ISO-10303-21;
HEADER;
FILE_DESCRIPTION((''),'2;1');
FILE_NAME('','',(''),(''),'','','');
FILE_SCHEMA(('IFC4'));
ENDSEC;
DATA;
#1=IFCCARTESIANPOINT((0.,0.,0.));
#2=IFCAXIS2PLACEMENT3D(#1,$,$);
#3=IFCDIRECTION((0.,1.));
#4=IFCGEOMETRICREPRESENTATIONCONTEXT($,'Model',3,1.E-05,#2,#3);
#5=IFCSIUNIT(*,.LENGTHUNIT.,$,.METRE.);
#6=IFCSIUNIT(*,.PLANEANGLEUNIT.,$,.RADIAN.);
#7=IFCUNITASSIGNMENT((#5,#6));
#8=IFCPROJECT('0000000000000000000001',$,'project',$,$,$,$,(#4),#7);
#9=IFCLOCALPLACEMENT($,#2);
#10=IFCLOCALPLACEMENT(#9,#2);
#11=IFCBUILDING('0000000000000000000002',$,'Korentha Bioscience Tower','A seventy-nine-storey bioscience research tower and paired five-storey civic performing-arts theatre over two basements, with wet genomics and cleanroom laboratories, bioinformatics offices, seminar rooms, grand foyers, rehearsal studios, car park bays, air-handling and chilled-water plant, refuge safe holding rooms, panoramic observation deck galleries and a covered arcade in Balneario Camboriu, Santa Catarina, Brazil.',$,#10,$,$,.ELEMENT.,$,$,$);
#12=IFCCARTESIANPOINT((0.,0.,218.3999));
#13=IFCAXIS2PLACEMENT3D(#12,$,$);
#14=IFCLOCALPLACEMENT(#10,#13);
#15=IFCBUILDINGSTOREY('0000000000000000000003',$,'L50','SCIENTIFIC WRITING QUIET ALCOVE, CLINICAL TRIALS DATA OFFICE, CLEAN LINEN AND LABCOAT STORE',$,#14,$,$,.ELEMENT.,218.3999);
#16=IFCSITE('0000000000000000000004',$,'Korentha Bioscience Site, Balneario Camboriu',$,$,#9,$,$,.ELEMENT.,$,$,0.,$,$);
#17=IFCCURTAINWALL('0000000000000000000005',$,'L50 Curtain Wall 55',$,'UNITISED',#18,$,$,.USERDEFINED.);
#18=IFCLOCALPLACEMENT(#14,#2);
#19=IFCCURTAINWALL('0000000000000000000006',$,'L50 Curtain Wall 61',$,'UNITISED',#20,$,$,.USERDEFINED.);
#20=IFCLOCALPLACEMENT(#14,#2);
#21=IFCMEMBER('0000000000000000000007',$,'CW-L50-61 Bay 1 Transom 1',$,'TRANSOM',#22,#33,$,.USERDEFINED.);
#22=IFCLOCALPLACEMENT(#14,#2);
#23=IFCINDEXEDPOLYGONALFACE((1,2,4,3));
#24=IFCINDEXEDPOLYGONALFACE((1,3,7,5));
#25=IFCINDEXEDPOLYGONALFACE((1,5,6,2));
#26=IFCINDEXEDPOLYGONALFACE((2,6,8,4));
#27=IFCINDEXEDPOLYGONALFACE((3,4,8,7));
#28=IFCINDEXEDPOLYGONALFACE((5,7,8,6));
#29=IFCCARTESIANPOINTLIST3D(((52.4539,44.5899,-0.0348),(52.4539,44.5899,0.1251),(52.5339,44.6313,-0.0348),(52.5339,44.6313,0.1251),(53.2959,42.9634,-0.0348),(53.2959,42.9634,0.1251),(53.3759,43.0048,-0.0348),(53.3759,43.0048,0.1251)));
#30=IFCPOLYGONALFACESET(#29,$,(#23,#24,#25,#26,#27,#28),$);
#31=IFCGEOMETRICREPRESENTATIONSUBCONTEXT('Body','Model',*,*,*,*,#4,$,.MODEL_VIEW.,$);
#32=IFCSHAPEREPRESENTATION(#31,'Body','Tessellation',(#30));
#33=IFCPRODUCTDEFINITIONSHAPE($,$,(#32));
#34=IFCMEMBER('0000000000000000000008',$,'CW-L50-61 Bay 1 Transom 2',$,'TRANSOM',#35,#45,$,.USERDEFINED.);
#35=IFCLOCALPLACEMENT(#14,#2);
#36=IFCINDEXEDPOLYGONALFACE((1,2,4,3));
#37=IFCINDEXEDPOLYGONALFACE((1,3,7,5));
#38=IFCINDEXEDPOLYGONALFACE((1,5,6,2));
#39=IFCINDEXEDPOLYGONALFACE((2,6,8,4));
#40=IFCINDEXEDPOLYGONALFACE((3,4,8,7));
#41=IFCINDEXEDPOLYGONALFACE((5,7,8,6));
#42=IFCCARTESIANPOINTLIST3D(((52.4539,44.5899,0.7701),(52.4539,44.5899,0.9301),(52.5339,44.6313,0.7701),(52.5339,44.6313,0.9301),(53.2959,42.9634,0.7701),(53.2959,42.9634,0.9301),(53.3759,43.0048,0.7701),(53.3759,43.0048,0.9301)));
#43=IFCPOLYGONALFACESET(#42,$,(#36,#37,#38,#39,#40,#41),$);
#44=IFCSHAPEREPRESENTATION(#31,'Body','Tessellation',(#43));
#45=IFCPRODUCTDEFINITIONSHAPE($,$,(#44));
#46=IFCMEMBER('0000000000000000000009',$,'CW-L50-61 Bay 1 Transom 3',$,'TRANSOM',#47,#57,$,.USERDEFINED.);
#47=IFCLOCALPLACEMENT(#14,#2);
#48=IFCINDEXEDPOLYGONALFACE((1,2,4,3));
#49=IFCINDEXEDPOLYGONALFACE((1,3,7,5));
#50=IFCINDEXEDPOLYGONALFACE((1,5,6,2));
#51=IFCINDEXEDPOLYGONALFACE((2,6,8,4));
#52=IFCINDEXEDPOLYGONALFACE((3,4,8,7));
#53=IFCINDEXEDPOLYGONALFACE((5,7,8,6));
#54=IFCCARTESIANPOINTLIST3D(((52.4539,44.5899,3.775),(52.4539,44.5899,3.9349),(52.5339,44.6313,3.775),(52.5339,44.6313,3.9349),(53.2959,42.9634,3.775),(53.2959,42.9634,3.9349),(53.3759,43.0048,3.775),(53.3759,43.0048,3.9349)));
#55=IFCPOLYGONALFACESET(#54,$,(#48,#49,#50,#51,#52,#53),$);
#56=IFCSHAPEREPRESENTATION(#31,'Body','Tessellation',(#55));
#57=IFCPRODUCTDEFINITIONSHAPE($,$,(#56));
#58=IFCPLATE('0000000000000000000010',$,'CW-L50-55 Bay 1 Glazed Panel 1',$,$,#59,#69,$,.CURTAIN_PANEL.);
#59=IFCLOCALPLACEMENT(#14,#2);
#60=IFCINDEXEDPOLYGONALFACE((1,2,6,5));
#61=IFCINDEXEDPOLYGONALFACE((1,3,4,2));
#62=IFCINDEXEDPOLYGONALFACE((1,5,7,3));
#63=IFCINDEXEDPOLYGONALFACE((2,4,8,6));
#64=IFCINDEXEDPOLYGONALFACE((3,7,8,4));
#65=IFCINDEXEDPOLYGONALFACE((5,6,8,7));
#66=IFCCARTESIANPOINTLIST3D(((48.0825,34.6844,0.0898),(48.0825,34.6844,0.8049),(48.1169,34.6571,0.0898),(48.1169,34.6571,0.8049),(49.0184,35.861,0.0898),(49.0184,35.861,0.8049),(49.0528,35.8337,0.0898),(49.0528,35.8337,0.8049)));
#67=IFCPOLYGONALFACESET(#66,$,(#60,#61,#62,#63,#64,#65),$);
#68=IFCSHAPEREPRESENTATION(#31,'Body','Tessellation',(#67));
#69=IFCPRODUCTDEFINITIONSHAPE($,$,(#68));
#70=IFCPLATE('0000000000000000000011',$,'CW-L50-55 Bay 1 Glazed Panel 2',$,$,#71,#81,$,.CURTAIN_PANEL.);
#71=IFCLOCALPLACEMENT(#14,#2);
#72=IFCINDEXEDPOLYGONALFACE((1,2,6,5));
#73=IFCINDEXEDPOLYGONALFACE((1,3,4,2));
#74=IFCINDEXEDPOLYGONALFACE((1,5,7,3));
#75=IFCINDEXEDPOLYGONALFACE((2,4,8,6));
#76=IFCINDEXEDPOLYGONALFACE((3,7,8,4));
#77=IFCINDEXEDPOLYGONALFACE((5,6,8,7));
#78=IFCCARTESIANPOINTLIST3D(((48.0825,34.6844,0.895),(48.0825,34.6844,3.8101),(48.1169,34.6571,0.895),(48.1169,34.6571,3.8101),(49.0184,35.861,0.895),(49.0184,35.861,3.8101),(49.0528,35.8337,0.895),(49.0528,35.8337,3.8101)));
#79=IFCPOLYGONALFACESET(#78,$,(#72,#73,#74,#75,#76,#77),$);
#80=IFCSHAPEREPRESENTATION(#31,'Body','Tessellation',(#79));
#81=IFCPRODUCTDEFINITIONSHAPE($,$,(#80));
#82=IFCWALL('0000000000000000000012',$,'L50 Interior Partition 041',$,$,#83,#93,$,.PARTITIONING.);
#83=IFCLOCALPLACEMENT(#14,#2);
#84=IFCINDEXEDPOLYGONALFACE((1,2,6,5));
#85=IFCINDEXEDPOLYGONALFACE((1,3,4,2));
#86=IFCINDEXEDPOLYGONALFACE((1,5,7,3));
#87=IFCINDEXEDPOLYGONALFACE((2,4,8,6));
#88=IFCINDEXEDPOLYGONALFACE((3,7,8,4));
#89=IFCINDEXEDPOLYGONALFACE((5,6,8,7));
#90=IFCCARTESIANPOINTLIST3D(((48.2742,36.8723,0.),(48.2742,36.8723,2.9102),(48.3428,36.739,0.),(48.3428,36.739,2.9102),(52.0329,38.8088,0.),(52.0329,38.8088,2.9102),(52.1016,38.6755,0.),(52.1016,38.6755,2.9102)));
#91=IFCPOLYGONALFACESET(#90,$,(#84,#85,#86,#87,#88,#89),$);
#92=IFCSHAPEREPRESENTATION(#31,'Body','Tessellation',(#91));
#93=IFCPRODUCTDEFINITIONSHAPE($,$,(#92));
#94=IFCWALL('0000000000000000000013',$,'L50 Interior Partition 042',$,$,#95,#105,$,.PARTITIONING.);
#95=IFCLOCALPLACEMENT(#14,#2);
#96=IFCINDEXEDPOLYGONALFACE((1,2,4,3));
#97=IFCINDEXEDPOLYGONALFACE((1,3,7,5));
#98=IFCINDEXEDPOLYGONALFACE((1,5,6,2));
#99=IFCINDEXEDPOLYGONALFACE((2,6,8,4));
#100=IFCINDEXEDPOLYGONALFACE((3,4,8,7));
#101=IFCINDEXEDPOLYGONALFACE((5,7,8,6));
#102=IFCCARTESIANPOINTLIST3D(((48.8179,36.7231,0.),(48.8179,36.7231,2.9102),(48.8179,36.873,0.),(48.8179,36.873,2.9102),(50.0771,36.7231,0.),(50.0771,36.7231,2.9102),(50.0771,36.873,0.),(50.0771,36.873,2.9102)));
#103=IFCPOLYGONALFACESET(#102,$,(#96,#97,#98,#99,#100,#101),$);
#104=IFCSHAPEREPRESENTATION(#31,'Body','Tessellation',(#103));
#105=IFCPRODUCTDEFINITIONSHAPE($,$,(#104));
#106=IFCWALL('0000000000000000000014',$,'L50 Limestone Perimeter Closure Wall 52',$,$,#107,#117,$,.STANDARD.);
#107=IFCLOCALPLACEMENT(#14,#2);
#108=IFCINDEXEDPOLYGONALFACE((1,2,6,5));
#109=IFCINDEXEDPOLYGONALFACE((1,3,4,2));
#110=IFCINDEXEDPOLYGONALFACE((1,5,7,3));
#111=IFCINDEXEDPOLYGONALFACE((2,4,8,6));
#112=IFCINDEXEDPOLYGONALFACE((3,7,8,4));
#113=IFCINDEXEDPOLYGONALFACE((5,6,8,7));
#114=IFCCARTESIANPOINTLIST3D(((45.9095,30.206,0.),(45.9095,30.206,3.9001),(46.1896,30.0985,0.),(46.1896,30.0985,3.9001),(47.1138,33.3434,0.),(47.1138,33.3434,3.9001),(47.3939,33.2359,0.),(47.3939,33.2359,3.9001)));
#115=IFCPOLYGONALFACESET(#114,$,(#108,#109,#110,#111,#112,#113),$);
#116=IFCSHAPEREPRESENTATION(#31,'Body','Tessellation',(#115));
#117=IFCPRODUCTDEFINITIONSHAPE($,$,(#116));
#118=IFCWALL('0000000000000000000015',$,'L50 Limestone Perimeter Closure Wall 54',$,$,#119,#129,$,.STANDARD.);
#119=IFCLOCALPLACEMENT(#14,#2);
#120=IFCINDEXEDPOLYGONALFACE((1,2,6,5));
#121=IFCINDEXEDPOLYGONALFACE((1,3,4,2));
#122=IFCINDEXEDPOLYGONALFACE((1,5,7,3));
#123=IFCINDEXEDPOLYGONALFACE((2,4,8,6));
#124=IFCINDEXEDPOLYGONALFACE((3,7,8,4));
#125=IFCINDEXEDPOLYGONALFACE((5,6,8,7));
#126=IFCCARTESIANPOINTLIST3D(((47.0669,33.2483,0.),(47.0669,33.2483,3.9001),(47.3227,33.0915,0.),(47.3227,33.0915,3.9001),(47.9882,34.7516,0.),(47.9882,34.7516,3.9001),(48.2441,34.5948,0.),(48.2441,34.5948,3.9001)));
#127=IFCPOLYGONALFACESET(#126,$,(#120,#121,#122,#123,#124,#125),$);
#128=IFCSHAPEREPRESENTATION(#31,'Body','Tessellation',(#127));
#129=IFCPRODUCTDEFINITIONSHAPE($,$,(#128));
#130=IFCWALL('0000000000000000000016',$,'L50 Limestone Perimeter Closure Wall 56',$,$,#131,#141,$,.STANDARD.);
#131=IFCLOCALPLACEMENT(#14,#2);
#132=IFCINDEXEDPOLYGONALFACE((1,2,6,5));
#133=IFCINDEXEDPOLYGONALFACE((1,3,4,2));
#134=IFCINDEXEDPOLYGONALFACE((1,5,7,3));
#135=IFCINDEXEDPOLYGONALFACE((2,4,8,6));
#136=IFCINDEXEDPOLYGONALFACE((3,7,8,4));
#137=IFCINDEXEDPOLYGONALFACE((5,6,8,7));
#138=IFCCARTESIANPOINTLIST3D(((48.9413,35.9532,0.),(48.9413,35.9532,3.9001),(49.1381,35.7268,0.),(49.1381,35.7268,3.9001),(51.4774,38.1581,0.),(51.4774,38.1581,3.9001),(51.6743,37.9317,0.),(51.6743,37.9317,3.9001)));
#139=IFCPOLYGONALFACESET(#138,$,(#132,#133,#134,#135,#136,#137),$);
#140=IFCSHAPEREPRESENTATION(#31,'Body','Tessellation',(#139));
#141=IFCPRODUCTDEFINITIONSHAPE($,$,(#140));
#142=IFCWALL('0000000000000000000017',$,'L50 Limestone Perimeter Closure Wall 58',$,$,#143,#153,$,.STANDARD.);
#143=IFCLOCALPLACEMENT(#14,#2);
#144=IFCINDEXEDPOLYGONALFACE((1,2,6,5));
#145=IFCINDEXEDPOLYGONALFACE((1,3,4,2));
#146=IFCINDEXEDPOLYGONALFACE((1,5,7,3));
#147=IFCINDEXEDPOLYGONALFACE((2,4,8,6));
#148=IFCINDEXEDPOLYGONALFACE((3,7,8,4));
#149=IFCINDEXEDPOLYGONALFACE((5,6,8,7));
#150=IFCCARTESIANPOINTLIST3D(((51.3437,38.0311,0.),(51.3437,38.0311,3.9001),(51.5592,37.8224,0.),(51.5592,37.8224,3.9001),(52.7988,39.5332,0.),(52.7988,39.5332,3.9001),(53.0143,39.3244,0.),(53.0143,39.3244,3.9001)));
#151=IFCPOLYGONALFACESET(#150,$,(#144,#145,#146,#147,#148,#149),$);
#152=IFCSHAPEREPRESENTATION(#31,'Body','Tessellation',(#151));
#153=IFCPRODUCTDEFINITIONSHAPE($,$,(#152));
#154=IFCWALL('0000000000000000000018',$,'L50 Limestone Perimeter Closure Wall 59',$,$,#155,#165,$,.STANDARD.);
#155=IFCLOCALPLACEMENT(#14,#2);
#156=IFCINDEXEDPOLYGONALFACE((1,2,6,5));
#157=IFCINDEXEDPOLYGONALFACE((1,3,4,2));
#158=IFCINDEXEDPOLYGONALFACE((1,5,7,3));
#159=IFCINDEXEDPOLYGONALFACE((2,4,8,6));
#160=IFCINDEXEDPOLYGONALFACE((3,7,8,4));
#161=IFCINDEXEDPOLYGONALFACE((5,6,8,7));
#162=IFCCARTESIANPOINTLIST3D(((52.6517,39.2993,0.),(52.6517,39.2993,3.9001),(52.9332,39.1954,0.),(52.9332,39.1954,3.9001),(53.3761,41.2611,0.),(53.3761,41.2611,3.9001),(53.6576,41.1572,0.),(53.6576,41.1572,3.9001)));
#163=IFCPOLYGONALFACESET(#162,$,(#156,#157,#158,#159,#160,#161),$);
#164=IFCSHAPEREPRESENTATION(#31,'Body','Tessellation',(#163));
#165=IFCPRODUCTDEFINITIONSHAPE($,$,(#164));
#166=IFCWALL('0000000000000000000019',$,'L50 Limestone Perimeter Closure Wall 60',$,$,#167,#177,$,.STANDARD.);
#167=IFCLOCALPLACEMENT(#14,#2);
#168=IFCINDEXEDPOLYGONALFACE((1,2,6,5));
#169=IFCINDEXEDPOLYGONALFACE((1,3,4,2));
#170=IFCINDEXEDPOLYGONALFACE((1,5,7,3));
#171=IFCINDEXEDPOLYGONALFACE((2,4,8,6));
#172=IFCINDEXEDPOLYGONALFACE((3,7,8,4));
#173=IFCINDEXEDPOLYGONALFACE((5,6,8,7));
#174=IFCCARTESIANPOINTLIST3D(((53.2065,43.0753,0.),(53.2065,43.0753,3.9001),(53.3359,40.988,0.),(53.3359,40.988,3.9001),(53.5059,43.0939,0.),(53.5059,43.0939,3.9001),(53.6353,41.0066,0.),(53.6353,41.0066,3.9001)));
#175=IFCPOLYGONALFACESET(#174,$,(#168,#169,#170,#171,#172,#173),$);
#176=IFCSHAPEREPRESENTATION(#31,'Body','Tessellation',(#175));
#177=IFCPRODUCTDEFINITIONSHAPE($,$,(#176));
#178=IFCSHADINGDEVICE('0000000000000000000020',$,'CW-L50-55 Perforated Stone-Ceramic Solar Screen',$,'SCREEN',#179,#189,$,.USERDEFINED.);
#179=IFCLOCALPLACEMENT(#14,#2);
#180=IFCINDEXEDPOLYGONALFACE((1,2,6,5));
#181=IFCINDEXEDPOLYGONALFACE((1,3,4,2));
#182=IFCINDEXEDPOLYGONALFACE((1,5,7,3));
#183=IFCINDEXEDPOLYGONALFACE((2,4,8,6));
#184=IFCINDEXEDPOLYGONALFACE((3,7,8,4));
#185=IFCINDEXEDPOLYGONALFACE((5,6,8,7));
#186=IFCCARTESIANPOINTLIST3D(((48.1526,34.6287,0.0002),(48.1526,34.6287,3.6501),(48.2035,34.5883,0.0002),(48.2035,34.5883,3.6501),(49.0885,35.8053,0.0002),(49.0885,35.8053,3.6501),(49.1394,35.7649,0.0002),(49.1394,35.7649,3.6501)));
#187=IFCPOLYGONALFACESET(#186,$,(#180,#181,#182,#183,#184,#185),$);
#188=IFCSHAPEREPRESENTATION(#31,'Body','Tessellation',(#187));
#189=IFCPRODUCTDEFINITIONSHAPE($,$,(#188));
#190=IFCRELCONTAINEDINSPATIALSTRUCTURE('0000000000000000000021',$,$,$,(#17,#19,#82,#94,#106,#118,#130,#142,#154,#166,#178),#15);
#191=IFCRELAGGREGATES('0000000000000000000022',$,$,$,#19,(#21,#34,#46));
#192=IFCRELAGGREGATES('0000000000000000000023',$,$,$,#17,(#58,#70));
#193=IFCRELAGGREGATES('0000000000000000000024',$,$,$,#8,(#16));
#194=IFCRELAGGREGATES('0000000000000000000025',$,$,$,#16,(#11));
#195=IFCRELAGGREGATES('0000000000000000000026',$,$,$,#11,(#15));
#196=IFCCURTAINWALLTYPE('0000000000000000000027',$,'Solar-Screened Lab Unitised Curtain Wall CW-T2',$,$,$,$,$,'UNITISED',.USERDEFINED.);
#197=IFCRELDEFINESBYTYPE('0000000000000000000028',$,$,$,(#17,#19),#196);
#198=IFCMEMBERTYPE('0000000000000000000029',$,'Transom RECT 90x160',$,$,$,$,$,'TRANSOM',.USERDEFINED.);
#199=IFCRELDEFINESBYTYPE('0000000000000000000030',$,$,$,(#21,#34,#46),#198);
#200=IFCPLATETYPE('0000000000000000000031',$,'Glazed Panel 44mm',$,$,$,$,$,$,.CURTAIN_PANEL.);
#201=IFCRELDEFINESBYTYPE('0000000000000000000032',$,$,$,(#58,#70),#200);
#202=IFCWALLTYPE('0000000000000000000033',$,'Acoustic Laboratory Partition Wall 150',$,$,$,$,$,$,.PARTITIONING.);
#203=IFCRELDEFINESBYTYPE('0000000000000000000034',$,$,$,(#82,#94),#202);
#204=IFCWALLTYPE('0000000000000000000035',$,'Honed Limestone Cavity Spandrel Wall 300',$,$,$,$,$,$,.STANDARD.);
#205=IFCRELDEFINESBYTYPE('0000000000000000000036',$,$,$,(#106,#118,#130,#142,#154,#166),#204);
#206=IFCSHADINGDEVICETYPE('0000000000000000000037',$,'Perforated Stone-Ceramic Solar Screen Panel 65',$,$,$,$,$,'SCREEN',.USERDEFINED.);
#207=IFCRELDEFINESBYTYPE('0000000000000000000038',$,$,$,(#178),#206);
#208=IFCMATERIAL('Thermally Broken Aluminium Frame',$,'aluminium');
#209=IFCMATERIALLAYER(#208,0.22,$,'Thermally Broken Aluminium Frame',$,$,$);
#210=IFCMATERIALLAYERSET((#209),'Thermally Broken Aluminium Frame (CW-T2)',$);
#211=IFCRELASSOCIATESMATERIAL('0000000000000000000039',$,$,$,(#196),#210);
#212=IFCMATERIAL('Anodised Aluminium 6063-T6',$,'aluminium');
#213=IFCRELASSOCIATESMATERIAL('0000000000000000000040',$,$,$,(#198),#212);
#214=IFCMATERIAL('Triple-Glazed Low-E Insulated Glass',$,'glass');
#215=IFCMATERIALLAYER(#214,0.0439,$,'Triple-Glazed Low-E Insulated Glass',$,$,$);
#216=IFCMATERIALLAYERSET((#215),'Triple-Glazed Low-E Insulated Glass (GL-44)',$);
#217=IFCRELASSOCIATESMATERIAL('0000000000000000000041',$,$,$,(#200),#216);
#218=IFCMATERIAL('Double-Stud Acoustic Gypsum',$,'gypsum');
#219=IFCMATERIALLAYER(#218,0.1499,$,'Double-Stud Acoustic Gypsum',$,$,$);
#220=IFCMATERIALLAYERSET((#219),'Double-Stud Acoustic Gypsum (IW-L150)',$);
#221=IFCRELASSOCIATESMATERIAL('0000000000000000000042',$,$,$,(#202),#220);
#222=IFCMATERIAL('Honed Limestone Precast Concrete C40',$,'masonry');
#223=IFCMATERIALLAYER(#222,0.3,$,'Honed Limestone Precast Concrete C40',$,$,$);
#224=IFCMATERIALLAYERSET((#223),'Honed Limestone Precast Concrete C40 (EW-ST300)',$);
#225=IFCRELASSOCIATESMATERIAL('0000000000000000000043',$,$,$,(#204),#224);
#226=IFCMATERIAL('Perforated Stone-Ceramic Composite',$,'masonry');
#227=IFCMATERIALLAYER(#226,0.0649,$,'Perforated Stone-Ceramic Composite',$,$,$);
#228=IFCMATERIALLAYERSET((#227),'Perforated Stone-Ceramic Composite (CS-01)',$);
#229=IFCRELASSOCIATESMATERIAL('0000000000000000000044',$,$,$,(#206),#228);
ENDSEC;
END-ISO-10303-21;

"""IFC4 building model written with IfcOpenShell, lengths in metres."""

from ifc_helpers import new_model, si_unit, direction, frame, frame_2d, origin, origin_2d, place, context, subcontext, project, spatial, rectangle, extrude, material, layer, layer_set, material_profile, profile_set, type_object, element, aggregate, save


model = new_model("IFC4")

# Units and contexts
model_context = context("Model", 3, precision=1e-05, world=origin(), true_north=direction((0.0, 1.0)))
body_context = subcontext(model_context, "Body", "Model", "MODEL_VIEW")
ifc_project = project(units=[si_unit("LENGTHUNIT", "METRE"), si_unit("PLANEANGLEUNIT", "RADIAN")], contexts=[model_context])

# Site, building, storey
site_placement = place(None, origin())
site = spatial("IfcSite", under=ifc_project, at=site_placement, Name="Korentha Bioscience Site, Balneario Camboriu", CompositionType="ELEMENT", RefElevation=0.0)
building_placement = place(site_placement, origin())
building = spatial("IfcBuilding", under=site, at=building_placement, Name="Korentha Bioscience Tower", Description="A seventy-nine-storey bioscience research tower and paired five-storey civic performing-arts theatre over two basements, with wet genomics and cleanroom laboratories, bioinformatics offices, seminar rooms, grand foyers, rehearsal studios, car park bays, air-handling and chilled-water plant, refuge safe holding rooms, panoramic observation deck galleries and a covered arcade in Balneario Camboriu, Santa Catarina, Brazil.", CompositionType="ELEMENT")
storey_placement = place(building_placement, frame((0.0, 0.0, 218.3999)))
storey = spatial("IfcBuildingStorey", under=building, at=storey_placement, Name="L50", Description="SCIENTIFIC WRITING QUIET ALCOVE, CLINICAL TRIALS DATA OFFICE, CLEAN LINEN AND LABCOAT STORE", CompositionType="ELEMENT", Elevation=218.3999)

# Curtain wall
ifc_material_1 = material(Name="Thermally Broken Aluminium Frame", Category="aluminium")
ifc_layer_1 = layer(ifc_material_1, 0.22, Name="Thermally Broken Aluminium Frame")
ifc_layer_set_1 = layer_set([ifc_layer_1], Name="Thermally Broken Aluminium Frame (CW-T2)")
curtain_wall_type = type_object("IfcCurtainWallType", Name="Solar-Screened Lab Unitised Curtain Wall CW-T2", ElementType="UNITISED", PredefinedType="USERDEFINED", material=ifc_layer_set_1)
curtain_wall_1_placement = place(storey_placement, origin())
curtain_wall_1 = element("IfcCurtainWall", 1, at=curtain_wall_1_placement, inside=storey, type_object=curtain_wall_type, Name="L50 Curtain Wall 55", ObjectType="UNITISED", PredefinedType="USERDEFINED")
ifc_material_2 = material(Name="Anodised Aluminium 6063-T6", Category="aluminium")

# Curtain wall
curtain_wall_2_placement = place(storey_placement, origin())
curtain_wall_2 = element("IfcCurtainWall", 2, at=curtain_wall_2_placement, inside=storey, type_object=curtain_wall_type, Name="L50 Curtain Wall 61", ObjectType="UNITISED", PredefinedType="USERDEFINED")

# Members
ifc_material_profile_1 = material_profile(ifc_material_2, rectangle(XDim=0.0901, YDim=0.1599, at=origin_2d()), Name="Anodised Aluminium 6063-T6")
ifc_profile_set_1 = profile_set([ifc_material_profile_1], Name="Anodised Aluminium 6063-T6 (CW-TRN)")
member_type_1 = type_object("IfcMemberType", Name="Transom RECT 90x160", ElementType="TRANSOM", PredefinedType="USERDEFINED", material=ifc_profile_set_1)
member_1_placement = place(storey_placement, frame((53.3359, 42.9841, 0.0452), z_axis=(-0.459753, 0.888047, 0.0), x_axis=(-0.888047, -0.459753, 0.0)))
member_1 = element("IfcMember", 3, at=member_1_placement, type_object=member_type_1, Name="CW-L50-61 Bay 1 Transom 1", ObjectType="TRANSOM", PredefinedType="USERDEFINED", context=body_context, shape_type="SweptSolid", body=[
    extrude(rectangle(XDim=0.0901, YDim=0.1599, at=origin_2d()), origin(), (0.0, 0.0, 1.0), 1.8315),
])
member_2_placement = place(storey_placement, frame((53.3359, 42.9841, 0.8501), z_axis=(-0.459753, 0.888047, 0.0), x_axis=(-0.888047, -0.459753, 0.0)))
member_2 = element("IfcMember", 4, at=member_2_placement, type_object=member_type_1, Name="CW-L50-61 Bay 1 Transom 2", ObjectType="TRANSOM", PredefinedType="USERDEFINED", context=body_context, shape_type="SweptSolid", body=[
    extrude(rectangle(XDim=0.0901, YDim=0.1599, at=origin_2d()), origin(), (0.0, 0.0, 1.0), 1.8315),
])
member_3_placement = place(storey_placement, frame((53.3359, 42.9841, 3.855), z_axis=(-0.459753, 0.888047, 0.0), x_axis=(-0.888047, -0.459753, 0.0)))
member_3 = element("IfcMember", 5, at=member_3_placement, type_object=member_type_1, Name="CW-L50-61 Bay 1 Transom 3", ObjectType="TRANSOM", PredefinedType="USERDEFINED", context=body_context, shape_type="SweptSolid", body=[
    extrude(rectangle(XDim=0.0901, YDim=0.1599, at=origin_2d()), origin(), (0.0, 0.0, 1.0), 1.8315),
])
aggregate(curtain_wall_2, [member_1, member_2, member_3])

# Plates
ifc_material_3 = material(Name="Triple-Glazed Low-E Insulated Glass", Category="glass")
ifc_layer_2 = layer(ifc_material_3, 0.0439, Name="Triple-Glazed Low-E Insulated Glass")
ifc_layer_set_2 = layer_set([ifc_layer_2], Name="Triple-Glazed Low-E Insulated Glass (GL-44)")
plate_type = type_object("IfcPlateType", Name="Glazed Panel 44mm", PredefinedType="CURTAIN_PANEL", material=ifc_layer_set_2)
plate_1_placement = place(storey_placement, frame((48.5676, 35.259, 0.0898), z_axis=(0.0, 0.0, 1.0), x_axis=(0.622512, 0.78261, 0.0)))
plate_1 = element("IfcPlate", 6, at=plate_1_placement, type_object=plate_type, Name="CW-L50-55 Bay 1 Glazed Panel 1", PredefinedType="CURTAIN_PANEL", context=body_context, shape_type="SweptSolid", body=[
    extrude(rectangle(XDim=1.5034, YDim=0.0439, at=origin_2d()), origin(), (0.0, 0.0, 1.0), 0.7151),
])
plate_2_placement = place(storey_placement, frame((48.5676, 35.259, 0.895), z_axis=(0.0, 0.0, 1.0), x_axis=(0.622512, 0.78261, 0.0)))
plate_2 = element("IfcPlate", 7, at=plate_2_placement, type_object=plate_type, Name="CW-L50-55 Bay 1 Glazed Panel 2", PredefinedType="CURTAIN_PANEL", context=body_context, shape_type="SweptSolid", body=[
    extrude(rectangle(XDim=1.5034, YDim=0.0439, at=origin_2d()), origin(), (0.0, 0.0, 1.0), 2.915),
])
aggregate(curtain_wall_1, [plate_1, plate_2])

# Walls
ifc_material_4 = material(Name="Double-Stud Acoustic Gypsum", Category="gypsum")
ifc_layer_3 = layer(ifc_material_4, 0.1499, Name="Double-Stud Acoustic Gypsum")
ifc_layer_set_3 = layer_set([ifc_layer_3], Name="Double-Stud Acoustic Gypsum (IW-L150)")
wall_type_1 = type_object("IfcWallType", Name="Acoustic Laboratory Partition Wall 150", PredefinedType="PARTITIONING", material=ifc_layer_set_3)
wall_1_placement = place(storey_placement, frame((52.0674, 38.7422, 0.0), z_axis=(0.0, 0.0, 1.0), x_axis=(-0.888957, -0.45799, 0.0)))
element("IfcWall", 8, at=wall_1_placement, inside=storey, type_object=wall_type_1, Name="L50 Interior Partition 041", PredefinedType="PARTITIONING", context=body_context, shape_type="SweptSolid", body=[
    extrude(rectangle(XDim=4.2283, YDim=0.1499, at=frame_2d((2.1143, 0.0))), origin(), (0.0, 0.0, 1.0), 2.9102),
])
wall_2_placement = place(storey_placement, frame((48.8179, 36.7981, 0.0), z_axis=(0.0, 0.0, 1.0), x_axis=(1.0, 0.0, 0.0)))
element("IfcWall", 9, at=wall_2_placement, inside=storey, type_object=wall_type_1, Name="L50 Interior Partition 042", PredefinedType="PARTITIONING", context=body_context, shape_type="SweptSolid", body=[
    extrude(rectangle(XDim=1.2593, YDim=0.1499, at=frame_2d((0.6296, 0.0))), origin(), (0.0, 0.0, 1.0), 2.9102),
])
ifc_material_5 = material(Name="Honed Limestone Precast Concrete C40", Category="masonry")
ifc_layer_4 = layer(ifc_material_5, 0.3, Name="Honed Limestone Precast Concrete C40")
ifc_layer_set_4 = layer_set([ifc_layer_4], Name="Honed Limestone Precast Concrete C40 (EW-ST300)")
wall_type_2 = type_object("IfcWallType", Name="Honed Limestone Cavity Spandrel Wall 300", PredefinedType="STANDARD", material=ifc_layer_set_4)
wall_3_placement = place(storey_placement, frame((46.0496, 30.1523, 0.0), z_axis=(0.0, 0.0, 1.0), x_axis=(0.358366, 0.933581, 0.0)))
element("IfcWall", 10, at=wall_3_placement, inside=storey, type_object=wall_type_2, Name="L50 Limestone Perimeter Closure Wall 52", PredefinedType="STANDARD", context=body_context, shape_type="SweptSolid", body=[
    extrude(rectangle(XDim=3.3606, YDim=0.3, at=frame_2d((1.6802, 0.0))), origin(), (0.0, 0.0, 1.0), 3.9001),
])
wall_4_placement = place(storey_placement, frame((47.1948, 33.1699, 0.0), z_axis=(0.0, 0.0, 1.0), x_axis=(0.522536, 0.852617, 0.0)))
element("IfcWall", 11, at=wall_4_placement, inside=storey, type_object=wall_type_2, Name="L50 Limestone Perimeter Closure Wall 54", PredefinedType="STANDARD", context=body_context, shape_type="SweptSolid", body=[
    extrude(rectangle(XDim=1.7632, YDim=0.3, at=frame_2d((0.8816, 0.0))), origin(), (0.0, 0.0, 1.0), 3.9001),
])
wall_5_placement = place(storey_placement, frame((49.0398, 35.8401, 0.0), z_axis=(0.0, 0.0, 1.0), x_axis=(0.754679, 0.656094, 0.0)))
element("IfcWall", 12, at=wall_5_placement, inside=storey, type_object=wall_type_2, Name="L50 Limestone Perimeter Closure Wall 56", PredefinedType="STANDARD", context=body_context, shape_type="SweptSolid", body=[
    extrude(rectangle(XDim=3.3606, YDim=0.3, at=frame_2d((1.6802, 0.0))), origin(), (0.0, 0.0, 1.0), 3.9001),
])
for number, where, z_axis, x_axis, name in (
    (13, (51.4514, 37.9268, 0.0), (0.0, 0.0, 1.0), (0.69581, 0.718226, 0.0), "L50 Limestone Perimeter Closure Wall 58"),
    (14, (52.7925, 39.2473, 0.0), (0.0, 0.0, 1.0), (0.34636, 0.938102, 0.0), "L50 Limestone Perimeter Closure Wall 59"),
    (15, (53.4856, 40.9973, 0.0), (0.0, 0.0, 1.0), (-0.06187, 0.998084, 0.0), "L50 Limestone Perimeter Closure Wall 60"),
):
    element("IfcWall", number, at=place(storey_placement, frame(where, z_axis=z_axis, x_axis=x_axis)), inside=storey, type_object=wall_type_2, Name=name, PredefinedType="STANDARD", context=body_context, shape_type="SweptSolid", body=[
        extrude(rectangle(XDim=2.0913, YDim=0.3, at=frame_2d((1.0457, 0.0))), origin(), (0.0, 0.0, 1.0), 3.9001),
    ])

# Shading device
ifc_material_6 = material(Name="Perforated Stone-Ceramic Composite", Category="masonry")
ifc_layer_5 = layer(ifc_material_6, 0.0649, Name="Perforated Stone-Ceramic Composite")
ifc_layer_set_5 = layer_set([ifc_layer_5], Name="Perforated Stone-Ceramic Composite (CS-01)")
shading_device_type_1 = type_object("IfcShadingDeviceType", Name="Perforated Stone-Ceramic Solar Screen Panel 65", ElementType="SCREEN", PredefinedType="USERDEFINED", material=ifc_layer_set_5)
shading_device_1_placement = place(storey_placement, frame((48.646, 35.1968, 0.0002), z_axis=(0.0, 0.0, 1.0), x_axis=(0.622512, 0.78261, 0.0)))
element("IfcShadingDevice", 16, at=shading_device_1_placement, inside=storey, type_object=shading_device_type_1, Name="CW-L50-55 Perforated Stone-Ceramic Solar Screen", ObjectType="SCREEN", PredefinedType="USERDEFINED", context=body_context, shape_type="SweptSolid", body=[
    extrude(rectangle(XDim=1.5034, YDim=0.0649, at=origin_2d()), origin(), (0.0, 0.0, 1.0), 3.6499),
])

save(model, "model.ifc")
